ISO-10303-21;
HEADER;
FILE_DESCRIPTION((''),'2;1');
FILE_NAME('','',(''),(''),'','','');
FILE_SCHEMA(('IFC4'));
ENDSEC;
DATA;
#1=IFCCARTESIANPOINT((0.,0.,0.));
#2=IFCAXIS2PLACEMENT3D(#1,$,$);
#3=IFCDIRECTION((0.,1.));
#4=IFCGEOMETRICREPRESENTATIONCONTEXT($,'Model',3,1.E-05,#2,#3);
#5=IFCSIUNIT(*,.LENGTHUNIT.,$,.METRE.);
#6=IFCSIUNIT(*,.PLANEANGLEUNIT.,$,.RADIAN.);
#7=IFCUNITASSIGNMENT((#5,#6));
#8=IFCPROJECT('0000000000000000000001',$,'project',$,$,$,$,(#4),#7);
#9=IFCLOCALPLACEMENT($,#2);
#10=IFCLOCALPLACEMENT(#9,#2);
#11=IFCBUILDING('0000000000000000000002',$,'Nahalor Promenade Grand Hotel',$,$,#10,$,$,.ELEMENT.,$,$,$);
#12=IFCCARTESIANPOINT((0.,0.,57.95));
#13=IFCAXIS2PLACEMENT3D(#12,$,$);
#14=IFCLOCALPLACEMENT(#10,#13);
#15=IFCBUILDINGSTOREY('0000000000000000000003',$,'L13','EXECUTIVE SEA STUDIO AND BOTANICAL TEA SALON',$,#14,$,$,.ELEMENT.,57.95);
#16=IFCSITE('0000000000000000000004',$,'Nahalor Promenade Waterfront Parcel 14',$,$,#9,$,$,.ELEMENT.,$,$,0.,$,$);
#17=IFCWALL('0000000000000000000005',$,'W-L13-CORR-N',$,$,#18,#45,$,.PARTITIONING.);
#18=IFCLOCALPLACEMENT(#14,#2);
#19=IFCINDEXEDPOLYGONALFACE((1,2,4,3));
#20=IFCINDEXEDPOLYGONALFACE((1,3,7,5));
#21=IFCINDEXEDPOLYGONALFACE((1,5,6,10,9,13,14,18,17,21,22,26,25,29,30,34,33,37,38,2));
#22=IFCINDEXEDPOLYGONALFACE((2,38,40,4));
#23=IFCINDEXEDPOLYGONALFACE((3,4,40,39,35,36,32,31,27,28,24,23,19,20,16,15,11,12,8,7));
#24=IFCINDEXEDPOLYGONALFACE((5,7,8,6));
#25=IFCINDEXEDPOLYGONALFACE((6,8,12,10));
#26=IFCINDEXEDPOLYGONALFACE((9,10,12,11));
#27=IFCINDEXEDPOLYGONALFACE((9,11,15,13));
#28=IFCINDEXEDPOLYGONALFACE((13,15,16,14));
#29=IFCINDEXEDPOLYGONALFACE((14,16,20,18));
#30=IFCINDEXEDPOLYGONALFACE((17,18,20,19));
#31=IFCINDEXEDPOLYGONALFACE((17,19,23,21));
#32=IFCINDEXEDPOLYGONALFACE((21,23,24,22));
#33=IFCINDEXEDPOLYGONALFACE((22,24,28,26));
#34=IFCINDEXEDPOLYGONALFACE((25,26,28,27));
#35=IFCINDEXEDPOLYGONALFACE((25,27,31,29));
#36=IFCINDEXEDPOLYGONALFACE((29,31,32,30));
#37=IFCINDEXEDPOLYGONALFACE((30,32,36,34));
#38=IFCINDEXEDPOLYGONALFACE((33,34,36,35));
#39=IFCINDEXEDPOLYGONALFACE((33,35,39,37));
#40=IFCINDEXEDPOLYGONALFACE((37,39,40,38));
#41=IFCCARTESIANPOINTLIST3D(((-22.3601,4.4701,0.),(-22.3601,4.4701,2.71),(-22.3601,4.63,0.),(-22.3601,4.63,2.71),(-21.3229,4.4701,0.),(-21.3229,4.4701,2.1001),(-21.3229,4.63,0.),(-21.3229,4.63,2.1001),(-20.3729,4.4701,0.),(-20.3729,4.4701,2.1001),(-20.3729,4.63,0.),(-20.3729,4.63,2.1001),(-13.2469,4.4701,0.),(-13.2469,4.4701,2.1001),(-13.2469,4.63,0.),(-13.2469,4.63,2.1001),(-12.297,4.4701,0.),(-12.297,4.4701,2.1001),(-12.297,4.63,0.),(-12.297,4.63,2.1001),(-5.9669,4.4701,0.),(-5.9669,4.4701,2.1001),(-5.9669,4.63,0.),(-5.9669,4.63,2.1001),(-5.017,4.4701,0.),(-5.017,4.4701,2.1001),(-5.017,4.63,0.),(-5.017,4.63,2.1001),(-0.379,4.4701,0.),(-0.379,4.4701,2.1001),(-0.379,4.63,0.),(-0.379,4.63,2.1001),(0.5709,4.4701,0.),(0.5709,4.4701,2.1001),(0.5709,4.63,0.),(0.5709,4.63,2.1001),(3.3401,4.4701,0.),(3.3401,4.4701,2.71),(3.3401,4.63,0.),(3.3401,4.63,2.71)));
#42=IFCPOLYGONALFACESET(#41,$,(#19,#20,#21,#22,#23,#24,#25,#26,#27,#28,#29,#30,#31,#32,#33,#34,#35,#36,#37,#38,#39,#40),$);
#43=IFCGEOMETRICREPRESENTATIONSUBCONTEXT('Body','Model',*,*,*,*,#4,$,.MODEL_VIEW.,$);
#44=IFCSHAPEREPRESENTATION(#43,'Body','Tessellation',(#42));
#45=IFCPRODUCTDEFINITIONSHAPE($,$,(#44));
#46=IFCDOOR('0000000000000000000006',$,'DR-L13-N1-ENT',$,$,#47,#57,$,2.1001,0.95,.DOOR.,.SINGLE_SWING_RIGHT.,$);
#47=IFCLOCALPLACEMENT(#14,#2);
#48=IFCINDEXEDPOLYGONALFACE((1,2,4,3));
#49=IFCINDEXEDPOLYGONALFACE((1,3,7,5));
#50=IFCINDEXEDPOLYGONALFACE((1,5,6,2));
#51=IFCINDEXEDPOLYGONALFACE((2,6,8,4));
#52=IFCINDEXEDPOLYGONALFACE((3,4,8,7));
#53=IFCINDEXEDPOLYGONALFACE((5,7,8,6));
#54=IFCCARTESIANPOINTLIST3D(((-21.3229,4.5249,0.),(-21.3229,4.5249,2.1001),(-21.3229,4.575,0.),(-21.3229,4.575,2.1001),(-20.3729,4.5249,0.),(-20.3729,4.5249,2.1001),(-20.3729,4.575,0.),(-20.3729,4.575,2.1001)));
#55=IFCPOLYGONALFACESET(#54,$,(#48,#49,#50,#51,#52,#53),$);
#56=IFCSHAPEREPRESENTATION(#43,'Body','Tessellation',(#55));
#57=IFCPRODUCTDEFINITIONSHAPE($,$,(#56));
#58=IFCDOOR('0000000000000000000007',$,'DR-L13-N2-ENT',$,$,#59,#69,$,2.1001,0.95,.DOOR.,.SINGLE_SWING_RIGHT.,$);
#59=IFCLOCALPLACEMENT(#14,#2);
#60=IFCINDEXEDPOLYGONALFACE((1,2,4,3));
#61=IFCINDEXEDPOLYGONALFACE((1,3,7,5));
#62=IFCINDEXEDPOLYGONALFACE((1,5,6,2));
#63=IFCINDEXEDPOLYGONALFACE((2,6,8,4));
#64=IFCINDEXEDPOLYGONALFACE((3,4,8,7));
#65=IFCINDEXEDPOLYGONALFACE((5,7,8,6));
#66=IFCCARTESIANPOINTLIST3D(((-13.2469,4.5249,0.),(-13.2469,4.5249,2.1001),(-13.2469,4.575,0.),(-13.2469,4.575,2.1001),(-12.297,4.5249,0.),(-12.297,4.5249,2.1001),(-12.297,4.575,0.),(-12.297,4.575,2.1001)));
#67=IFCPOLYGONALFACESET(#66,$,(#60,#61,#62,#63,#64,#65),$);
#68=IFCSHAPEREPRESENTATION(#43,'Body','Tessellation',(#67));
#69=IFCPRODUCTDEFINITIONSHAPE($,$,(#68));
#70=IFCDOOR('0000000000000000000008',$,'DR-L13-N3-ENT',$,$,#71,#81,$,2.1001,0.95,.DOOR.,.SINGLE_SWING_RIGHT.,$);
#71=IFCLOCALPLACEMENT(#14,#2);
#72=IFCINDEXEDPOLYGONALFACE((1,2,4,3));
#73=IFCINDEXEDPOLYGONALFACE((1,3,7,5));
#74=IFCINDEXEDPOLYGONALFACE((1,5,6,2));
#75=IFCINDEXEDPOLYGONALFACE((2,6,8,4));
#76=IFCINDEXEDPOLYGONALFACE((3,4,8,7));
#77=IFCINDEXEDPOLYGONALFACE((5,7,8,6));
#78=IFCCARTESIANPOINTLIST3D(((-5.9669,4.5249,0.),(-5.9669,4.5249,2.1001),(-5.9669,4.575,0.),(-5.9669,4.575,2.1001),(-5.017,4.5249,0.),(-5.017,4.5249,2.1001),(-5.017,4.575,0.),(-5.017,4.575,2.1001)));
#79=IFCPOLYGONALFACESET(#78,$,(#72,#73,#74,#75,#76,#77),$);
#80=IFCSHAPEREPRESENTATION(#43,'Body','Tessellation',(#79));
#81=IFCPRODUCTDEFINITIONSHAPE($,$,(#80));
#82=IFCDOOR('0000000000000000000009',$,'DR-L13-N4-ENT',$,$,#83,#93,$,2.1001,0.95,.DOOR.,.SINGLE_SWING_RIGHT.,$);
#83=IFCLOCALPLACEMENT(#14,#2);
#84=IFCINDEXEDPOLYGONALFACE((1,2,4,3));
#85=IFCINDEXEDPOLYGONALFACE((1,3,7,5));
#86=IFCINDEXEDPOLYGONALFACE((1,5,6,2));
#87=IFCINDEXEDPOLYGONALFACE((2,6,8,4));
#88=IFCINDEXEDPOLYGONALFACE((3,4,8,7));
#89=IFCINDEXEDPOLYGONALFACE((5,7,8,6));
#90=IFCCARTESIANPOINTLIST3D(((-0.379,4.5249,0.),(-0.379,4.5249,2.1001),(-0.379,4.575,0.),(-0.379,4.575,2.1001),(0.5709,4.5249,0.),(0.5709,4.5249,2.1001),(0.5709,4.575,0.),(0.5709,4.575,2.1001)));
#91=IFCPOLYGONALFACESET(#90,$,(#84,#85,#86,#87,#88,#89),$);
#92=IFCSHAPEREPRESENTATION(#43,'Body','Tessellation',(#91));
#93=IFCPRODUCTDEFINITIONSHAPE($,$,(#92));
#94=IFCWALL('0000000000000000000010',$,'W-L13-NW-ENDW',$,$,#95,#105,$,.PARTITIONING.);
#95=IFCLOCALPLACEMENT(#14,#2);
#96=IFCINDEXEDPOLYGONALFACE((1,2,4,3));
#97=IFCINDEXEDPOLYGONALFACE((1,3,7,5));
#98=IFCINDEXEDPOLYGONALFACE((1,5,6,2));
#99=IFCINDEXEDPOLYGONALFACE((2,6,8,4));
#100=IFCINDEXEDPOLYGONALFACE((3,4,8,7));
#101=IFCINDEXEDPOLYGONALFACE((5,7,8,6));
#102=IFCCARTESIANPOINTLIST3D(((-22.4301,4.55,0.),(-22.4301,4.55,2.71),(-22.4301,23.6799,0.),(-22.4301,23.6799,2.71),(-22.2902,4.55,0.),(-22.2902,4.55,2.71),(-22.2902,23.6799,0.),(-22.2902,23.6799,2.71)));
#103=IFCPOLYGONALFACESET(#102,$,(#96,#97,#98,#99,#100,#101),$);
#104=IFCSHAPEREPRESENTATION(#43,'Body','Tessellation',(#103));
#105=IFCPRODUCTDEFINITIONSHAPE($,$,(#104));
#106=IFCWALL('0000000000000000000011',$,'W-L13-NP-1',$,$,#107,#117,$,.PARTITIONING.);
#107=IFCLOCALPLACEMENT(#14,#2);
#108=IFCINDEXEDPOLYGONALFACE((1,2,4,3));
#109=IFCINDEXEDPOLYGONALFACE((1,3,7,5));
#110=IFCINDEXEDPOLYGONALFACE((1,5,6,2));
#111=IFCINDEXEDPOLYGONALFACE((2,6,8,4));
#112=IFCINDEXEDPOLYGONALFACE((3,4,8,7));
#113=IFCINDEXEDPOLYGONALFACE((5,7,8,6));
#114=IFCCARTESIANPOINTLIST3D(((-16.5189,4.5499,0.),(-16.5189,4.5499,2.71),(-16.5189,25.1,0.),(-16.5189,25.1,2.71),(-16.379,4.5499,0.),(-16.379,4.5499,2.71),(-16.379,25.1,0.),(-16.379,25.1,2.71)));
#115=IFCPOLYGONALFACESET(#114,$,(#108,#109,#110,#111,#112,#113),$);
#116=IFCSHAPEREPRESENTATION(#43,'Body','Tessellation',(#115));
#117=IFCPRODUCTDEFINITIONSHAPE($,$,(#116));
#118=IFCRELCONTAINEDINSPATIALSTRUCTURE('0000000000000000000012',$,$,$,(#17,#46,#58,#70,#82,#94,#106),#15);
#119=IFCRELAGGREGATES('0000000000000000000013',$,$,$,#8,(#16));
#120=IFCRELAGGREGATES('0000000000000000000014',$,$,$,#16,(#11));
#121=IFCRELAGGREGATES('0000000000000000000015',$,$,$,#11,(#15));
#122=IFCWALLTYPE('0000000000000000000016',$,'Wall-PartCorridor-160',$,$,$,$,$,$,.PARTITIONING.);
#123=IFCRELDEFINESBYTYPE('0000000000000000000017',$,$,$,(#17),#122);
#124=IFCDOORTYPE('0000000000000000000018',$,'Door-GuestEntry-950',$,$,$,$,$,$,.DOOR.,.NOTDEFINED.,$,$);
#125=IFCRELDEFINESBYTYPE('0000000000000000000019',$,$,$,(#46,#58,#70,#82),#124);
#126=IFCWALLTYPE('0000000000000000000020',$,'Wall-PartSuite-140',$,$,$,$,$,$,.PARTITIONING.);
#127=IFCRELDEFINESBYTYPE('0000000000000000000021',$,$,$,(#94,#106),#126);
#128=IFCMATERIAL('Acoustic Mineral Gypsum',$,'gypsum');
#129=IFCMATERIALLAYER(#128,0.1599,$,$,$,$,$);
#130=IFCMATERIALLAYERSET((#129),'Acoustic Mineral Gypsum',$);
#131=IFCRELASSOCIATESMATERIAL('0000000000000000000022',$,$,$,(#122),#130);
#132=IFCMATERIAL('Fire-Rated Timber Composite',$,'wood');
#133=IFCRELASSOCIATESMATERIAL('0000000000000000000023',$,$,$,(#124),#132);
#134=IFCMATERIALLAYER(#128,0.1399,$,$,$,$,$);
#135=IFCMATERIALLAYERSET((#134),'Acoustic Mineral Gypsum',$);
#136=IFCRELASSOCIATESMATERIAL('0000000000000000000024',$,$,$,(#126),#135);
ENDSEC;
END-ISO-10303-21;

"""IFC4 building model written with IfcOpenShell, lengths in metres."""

from ifc_helpers import new_model, si_unit, direction, frame, frame_2d, origin, place, context, subcontext, project, spatial, rectangle, extrude, source, transform, mapped, material, layer, layer_set, type_object, element, fill, save


model = new_model("IFC4")

# Units and contexts
model_context = context("Model", 3, precision=1e-05, world=origin(), true_north=direction((0.0, 1.0)))
body_context = subcontext(model_context, "Body", "Model", "MODEL_VIEW")
ifc_project = project(units=[si_unit("LENGTHUNIT", "METRE"), si_unit("PLANEANGLEUNIT", "RADIAN")], contexts=[model_context])

# Site, building, storey
site_placement = place(None, origin())
site = spatial("IfcSite", under=ifc_project, at=site_placement, Name="Nahalor Promenade Waterfront Parcel 14", CompositionType="ELEMENT", RefElevation=0.0)
building_placement = place(site_placement, origin())
building = spatial("IfcBuilding", under=site, at=building_placement, Name="Nahalor Promenade Grand Hotel", CompositionType="ELEMENT")
storey_placement = place(building_placement, frame((0.0, 0.0, 57.95)))
storey = spatial("IfcBuildingStorey", under=building, at=storey_placement, Name="L13", Description="EXECUTIVE SEA STUDIO AND BOTANICAL TEA SALON", CompositionType="ELEMENT", Elevation=57.95)

# Wall, openings, doors
ifc_material_1 = material(Name="Acoustic Mineral Gypsum", Category="gypsum")
ifc_layer_1 = layer(ifc_material_1, 0.1599)
ifc_layer_set_1 = layer_set([ifc_layer_1], Name="Acoustic Mineral Gypsum")
wall_type_1 = type_object("IfcWallType", Name="Wall-PartCorridor-160", PredefinedType="PARTITIONING", material=ifc_layer_set_1)
shared_shape_1 = source(origin(), body_context, "Body", "SweptSolid", [
    extrude(rectangle(XDim=25.7002, YDim=0.1599, at=frame_2d((12.8501, 0.0))), origin(), (0.0, 0.0, 1.0), 2.71),
])
wall_1_placement = place(storey_placement, frame((-22.3601, 4.55, 0.0), z_axis=(0.0, 0.0, 1.0), x_axis=(1.0, 0.0, 0.0)))
wall_1 = element("IfcWall", 1, at=wall_1_placement, inside=storey, type_object=wall_type_1, Name="W-L13-CORR-N", PredefinedType="PARTITIONING", context=body_context, shape_type="MappedRepresentation", body=[
    mapped(shared_shape_1, transform((0.0, 0.0, 0.0), scale=1.0)),
])
opening_1_placement = place(wall_1_placement, frame((1.0371, 0.0, 0.0)))
opening_1 = element("IfcOpeningElement", 2, at=opening_1_placement, cuts=wall_1, PredefinedType="OPENING", context=body_context, shape_type="SweptSolid", body=[
    extrude(rectangle(XDim=0.95, YDim=2.1001, at=frame_2d((0.4751, 1.05))), frame((0.0, 0.0898, 0.0), z_axis=(0.0, -1.0, 0.0), x_axis=(1.0, 0.0, 0.0)), (0.0, 0.0, 1.0), 0.1799),
])
opening_2_placement = place(wall_1_placement, frame((9.113, 0.0, 0.0)))
opening_2 = element("IfcOpeningElement", 3, at=opening_2_placement, cuts=wall_1, PredefinedType="OPENING", context=body_context, shape_type="SweptSolid", body=[
    extrude(rectangle(XDim=0.95, YDim=2.1001, at=frame_2d((0.4751, 1.05))), frame((0.0, 0.0898, 0.0), z_axis=(0.0, -1.0, 0.0), x_axis=(1.0, 0.0, 0.0)), (0.0, 0.0, 1.0), 0.1799),
])
opening_3_placement = place(wall_1_placement, frame((16.3931, 0.0, 0.0)))
opening_3 = element("IfcOpeningElement", 4, at=opening_3_placement, cuts=wall_1, PredefinedType="OPENING", context=body_context, shape_type="SweptSolid", body=[
    extrude(rectangle(XDim=0.95, YDim=2.1001, at=frame_2d((0.4751, 1.05))), frame((0.0, 0.0898, 0.0), z_axis=(0.0, -1.0, 0.0), x_axis=(1.0, 0.0, 0.0)), (0.0, 0.0, 1.0), 0.1799),
])
opening_4_placement = place(wall_1_placement, frame((21.981, 0.0, 0.0)))
opening_4 = element("IfcOpeningElement", 5, at=opening_4_placement, cuts=wall_1, PredefinedType="OPENING", context=body_context, shape_type="SweptSolid", body=[
    extrude(rectangle(XDim=0.95, YDim=2.1001, at=frame_2d((0.4751, 1.05))), frame((0.0, 0.0898, 0.0), z_axis=(0.0, -1.0, 0.0), x_axis=(1.0, 0.0, 0.0)), (0.0, 0.0, 1.0), 0.1799),
])
ifc_material_2 = material(Name="Fire-Rated Timber Composite", Category="wood")
door_type = type_object("IfcDoorType", Name="Door-GuestEntry-950", OperationType="NOTDEFINED", PredefinedType="DOOR", material=ifc_material_2)
shared_shape_2 = source(origin(), body_context, "Body", "SweptSolid", [
    extrude(rectangle(XDim=0.95, YDim=2.1001, at=frame_2d((0.4751, 1.05))), frame((0.0, 0.0249, 0.0), z_axis=(0.0, -1.0, 0.0), x_axis=(1.0, 0.0, 0.0)), (0.0, 0.0, 1.0), 0.05),
])
door_1_placement = place(opening_1_placement, origin())
door_1 = element("IfcDoor", 6, at=door_1_placement, inside=storey, type_object=door_type, Name="DR-L13-N1-ENT", OperationType="SINGLE_SWING_RIGHT", OverallHeight=2.1001, OverallWidth=0.95, PredefinedType="DOOR", context=body_context, shape_type="MappedRepresentation", body=[
    mapped(shared_shape_2, transform((0.0, 0.0, 0.0), scale=1.0)),
])
fill(opening_1, door_1)
door_2_placement = place(opening_2_placement, origin())
door_2 = element("IfcDoor", 7, at=door_2_placement, inside=storey, type_object=door_type, Name="DR-L13-N2-ENT", OperationType="SINGLE_SWING_RIGHT", OverallHeight=2.1001, OverallWidth=0.95, PredefinedType="DOOR", context=body_context, shape_type="MappedRepresentation", body=[
    mapped(shared_shape_2, transform((0.0, 0.0, 0.0), scale=1.0)),
])
fill(opening_2, door_2)
door_3_placement = place(opening_3_placement, origin())
door_3 = element("IfcDoor", 8, at=door_3_placement, inside=storey, type_object=door_type, Name="DR-L13-N3-ENT", OperationType="SINGLE_SWING_RIGHT", OverallHeight=2.1001, OverallWidth=0.95, PredefinedType="DOOR", context=body_context, shape_type="MappedRepresentation", body=[
    mapped(shared_shape_2, transform((0.0, 0.0, 0.0), scale=1.0)),
])
fill(opening_3, door_3)
door_4_placement = place(opening_4_placement, origin())
door_4 = element("IfcDoor", 9, at=door_4_placement, inside=storey, type_object=door_type, Name="DR-L13-N4-ENT", OperationType="SINGLE_SWING_RIGHT", OverallHeight=2.1001, OverallWidth=0.95, PredefinedType="DOOR", context=body_context, shape_type="MappedRepresentation", body=[
    mapped(shared_shape_2, transform((0.0, 0.0, 0.0), scale=1.0)),
])
fill(opening_4, door_4)

# Walls
ifc_layer_2 = layer(ifc_material_1, 0.1399)
ifc_layer_set_2 = layer_set([ifc_layer_2], Name="Acoustic Mineral Gypsum")
wall_type_2 = type_object("IfcWallType", Name="Wall-PartSuite-140", PredefinedType="PARTITIONING", material=ifc_layer_set_2)
shared_shape_3 = source(origin(), body_context, "Body", "SweptSolid", [
    extrude(rectangle(XDim=19.1299, YDim=0.1399, at=frame_2d((9.5649, 0.0))), origin(), (0.0, 0.0, 1.0), 2.71),
])
wall_2_placement = place(storey_placement, frame((-22.3601, 4.55, 0.0), z_axis=(0.0, 0.0, 1.0), x_axis=(0.0, 1.0, 0.0)))
element("IfcWall", 10, at=wall_2_placement, inside=storey, type_object=wall_type_2, Name="W-L13-NW-ENDW", PredefinedType="PARTITIONING", context=body_context, shape_type="MappedRepresentation", body=[
    mapped(shared_shape_3, transform((0.0, 0.0, 0.0), scale=1.0)),
])
shared_shape_4 = source(origin(), body_context, "Body", "SweptSolid", [
    extrude(rectangle(XDim=20.55, YDim=0.1399, at=frame_2d((10.2749, 0.0))), origin(), (0.0, 0.0, 1.0), 2.71),
])
wall_3_placement = place(storey_placement, frame((-16.449, 4.55, 0.0), z_axis=(0.0, 0.0, 1.0), x_axis=(0.0, 1.0, 0.0)))
element("IfcWall", 11, at=wall_3_placement, inside=storey, type_object=wall_type_2, Name="W-L13-NP-1", PredefinedType="PARTITIONING", context=body_context, shape_type="MappedRepresentation", body=[
    mapped(shared_shape_4, transform((0.0, 0.0, 0.0), scale=1.0)),
])

save(model, "model.ifc")
